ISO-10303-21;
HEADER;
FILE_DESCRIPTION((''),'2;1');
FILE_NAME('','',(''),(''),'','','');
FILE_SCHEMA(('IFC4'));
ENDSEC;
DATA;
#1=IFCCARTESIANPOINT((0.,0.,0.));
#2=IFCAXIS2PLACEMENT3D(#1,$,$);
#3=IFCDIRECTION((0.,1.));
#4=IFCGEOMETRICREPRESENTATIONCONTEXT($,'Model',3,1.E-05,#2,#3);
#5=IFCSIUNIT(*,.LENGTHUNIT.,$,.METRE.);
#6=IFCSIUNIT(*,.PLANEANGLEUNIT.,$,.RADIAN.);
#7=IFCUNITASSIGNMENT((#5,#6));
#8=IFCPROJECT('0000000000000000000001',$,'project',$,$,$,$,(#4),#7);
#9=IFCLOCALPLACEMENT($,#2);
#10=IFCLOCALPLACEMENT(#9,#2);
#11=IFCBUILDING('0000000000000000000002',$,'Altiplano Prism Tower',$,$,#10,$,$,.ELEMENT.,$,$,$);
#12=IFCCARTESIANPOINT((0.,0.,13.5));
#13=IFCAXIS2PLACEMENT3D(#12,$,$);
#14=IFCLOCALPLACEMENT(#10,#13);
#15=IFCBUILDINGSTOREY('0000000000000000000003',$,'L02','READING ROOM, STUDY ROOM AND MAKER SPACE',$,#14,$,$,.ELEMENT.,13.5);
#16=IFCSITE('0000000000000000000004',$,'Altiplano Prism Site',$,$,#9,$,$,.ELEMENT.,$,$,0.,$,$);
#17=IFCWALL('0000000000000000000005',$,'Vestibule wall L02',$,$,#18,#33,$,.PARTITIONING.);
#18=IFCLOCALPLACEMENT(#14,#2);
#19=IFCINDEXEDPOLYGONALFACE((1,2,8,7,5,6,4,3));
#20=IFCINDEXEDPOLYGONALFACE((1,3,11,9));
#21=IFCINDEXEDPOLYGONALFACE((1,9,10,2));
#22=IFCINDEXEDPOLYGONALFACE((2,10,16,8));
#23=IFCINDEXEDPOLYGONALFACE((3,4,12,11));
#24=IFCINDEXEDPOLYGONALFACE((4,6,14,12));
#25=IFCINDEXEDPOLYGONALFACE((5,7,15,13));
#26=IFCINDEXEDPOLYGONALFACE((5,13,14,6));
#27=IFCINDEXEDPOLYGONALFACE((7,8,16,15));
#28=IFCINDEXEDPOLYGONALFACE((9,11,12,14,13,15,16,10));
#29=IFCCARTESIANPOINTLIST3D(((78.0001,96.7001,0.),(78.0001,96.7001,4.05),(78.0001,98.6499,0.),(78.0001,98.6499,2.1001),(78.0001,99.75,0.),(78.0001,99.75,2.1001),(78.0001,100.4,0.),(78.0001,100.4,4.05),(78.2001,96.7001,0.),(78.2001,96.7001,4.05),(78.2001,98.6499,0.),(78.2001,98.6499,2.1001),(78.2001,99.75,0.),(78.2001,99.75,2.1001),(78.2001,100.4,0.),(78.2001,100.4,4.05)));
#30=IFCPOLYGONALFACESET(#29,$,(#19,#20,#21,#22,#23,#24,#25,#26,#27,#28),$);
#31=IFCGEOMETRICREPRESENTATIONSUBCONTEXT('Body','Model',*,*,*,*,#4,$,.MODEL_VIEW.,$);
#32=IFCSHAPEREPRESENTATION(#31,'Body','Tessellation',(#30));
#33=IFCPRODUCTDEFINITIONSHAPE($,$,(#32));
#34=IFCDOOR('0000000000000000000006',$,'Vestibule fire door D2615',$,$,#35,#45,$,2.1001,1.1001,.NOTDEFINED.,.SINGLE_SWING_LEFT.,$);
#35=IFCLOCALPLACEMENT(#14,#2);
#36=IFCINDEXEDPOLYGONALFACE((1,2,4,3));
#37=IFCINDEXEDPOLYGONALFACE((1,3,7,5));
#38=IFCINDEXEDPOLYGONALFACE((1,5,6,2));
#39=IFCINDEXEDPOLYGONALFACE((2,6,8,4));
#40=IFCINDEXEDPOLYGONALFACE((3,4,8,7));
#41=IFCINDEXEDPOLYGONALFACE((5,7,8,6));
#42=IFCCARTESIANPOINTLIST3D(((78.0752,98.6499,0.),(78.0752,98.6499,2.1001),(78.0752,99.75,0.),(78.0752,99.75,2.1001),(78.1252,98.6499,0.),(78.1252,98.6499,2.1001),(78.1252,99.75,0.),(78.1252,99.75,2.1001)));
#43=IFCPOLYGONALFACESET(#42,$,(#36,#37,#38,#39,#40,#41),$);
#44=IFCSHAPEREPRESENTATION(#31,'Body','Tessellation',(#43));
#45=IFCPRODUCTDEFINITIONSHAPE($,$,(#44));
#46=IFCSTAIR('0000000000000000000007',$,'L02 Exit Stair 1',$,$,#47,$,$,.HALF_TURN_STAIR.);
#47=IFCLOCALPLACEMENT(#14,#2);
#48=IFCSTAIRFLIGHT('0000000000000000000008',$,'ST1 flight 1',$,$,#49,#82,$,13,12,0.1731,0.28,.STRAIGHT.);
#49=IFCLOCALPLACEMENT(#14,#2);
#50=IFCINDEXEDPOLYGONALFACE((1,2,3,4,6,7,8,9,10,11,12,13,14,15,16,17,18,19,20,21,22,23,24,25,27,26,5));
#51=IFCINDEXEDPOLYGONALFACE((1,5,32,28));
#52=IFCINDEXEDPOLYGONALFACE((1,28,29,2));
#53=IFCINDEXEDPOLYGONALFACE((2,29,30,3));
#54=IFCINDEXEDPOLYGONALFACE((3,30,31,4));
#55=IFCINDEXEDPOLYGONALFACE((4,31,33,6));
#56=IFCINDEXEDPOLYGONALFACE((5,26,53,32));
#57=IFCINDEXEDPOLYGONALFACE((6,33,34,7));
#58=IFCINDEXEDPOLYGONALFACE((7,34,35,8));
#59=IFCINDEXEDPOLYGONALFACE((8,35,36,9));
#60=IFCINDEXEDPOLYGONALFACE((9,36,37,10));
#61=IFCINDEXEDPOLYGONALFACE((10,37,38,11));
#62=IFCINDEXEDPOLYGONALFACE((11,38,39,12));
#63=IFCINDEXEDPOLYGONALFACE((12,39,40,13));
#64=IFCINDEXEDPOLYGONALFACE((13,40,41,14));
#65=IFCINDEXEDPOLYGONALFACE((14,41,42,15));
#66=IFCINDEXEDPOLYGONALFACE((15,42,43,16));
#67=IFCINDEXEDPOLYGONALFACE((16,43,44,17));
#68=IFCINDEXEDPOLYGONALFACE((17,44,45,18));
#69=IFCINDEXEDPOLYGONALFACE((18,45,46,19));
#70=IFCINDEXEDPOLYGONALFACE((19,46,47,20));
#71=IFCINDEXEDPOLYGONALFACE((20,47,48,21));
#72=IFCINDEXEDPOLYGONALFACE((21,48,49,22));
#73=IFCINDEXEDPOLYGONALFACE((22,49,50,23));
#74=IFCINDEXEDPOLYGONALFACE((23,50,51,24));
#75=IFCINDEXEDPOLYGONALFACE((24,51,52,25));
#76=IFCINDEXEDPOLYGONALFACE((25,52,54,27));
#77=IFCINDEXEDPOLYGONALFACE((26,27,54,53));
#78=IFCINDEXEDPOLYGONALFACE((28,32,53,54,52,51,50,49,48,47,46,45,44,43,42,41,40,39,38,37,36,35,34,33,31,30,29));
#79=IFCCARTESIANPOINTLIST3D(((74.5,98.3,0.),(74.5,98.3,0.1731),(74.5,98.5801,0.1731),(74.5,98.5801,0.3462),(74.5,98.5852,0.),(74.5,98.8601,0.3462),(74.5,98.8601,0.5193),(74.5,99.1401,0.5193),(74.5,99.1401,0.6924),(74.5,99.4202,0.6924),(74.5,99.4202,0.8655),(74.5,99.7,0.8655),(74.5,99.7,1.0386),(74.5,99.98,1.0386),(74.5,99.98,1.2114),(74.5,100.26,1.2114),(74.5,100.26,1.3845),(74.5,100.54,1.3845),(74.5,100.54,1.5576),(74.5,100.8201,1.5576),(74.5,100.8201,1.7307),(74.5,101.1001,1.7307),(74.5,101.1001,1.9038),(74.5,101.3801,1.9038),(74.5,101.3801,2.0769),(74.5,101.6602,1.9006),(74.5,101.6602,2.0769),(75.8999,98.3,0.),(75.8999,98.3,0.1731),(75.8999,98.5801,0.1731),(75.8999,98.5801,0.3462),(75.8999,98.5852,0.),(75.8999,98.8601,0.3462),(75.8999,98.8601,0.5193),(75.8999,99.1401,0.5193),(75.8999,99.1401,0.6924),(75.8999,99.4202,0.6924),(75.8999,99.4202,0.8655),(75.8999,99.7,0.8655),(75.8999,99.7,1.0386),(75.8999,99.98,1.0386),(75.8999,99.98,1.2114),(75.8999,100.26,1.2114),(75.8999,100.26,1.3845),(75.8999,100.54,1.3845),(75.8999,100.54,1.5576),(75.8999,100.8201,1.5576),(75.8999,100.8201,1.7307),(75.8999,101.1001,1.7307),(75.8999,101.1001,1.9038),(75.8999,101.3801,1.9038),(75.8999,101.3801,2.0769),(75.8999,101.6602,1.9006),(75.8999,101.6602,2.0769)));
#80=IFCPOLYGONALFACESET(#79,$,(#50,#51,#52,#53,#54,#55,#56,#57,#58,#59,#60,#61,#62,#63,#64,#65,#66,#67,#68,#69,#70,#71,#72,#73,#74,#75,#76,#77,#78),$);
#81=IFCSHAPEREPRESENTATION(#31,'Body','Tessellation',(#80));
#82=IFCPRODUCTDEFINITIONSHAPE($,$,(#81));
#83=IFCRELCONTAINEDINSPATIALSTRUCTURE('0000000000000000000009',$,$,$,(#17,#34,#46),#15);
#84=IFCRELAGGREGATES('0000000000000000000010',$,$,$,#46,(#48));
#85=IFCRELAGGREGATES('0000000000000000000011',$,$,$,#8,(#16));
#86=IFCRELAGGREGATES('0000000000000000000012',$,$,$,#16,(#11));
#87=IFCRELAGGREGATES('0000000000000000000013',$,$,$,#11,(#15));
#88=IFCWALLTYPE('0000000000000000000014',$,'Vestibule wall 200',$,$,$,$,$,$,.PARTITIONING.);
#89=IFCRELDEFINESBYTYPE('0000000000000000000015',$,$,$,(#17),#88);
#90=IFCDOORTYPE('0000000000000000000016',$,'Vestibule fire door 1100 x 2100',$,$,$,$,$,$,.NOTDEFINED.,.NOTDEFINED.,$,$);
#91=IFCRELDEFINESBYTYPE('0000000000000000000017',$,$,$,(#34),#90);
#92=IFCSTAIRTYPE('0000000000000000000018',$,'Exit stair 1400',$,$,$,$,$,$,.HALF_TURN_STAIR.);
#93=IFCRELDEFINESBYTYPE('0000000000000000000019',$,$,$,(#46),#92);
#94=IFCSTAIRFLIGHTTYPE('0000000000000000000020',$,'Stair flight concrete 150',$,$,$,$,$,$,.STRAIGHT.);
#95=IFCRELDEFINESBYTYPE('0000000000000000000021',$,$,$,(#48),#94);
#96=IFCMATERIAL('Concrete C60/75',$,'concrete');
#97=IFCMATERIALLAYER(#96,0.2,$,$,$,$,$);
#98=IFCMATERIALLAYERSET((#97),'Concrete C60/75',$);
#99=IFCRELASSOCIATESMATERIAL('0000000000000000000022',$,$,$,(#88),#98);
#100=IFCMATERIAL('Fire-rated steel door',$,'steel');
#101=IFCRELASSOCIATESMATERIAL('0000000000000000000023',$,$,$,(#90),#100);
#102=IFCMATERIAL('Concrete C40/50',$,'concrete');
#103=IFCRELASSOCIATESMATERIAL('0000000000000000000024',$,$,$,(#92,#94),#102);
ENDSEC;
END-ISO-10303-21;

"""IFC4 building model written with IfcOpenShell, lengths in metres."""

from ifc_helpers import new_model, si_unit, direction, frame, frame_2d, origin, place, context, subcontext, project, spatial, polyline, rectangle, outline, extrude, material, layer, layer_set, type_object, element, fill, aggregate, save


model = new_model("IFC4")

# Units and contexts
model_context = context("Model", 3, precision=1e-05, world=origin(), true_north=direction((0.0, 1.0)))
body_context = subcontext(model_context, "Body", "Model", "MODEL_VIEW")
ifc_project = project(units=[si_unit("LENGTHUNIT", "METRE"), si_unit("PLANEANGLEUNIT", "RADIAN")], contexts=[model_context])

# Site, building, storey
site_placement = place(None, origin())
site = spatial("IfcSite", under=ifc_project, at=site_placement, Name="Altiplano Prism Site", CompositionType="ELEMENT", RefElevation=0.0)
building_placement = place(site_placement, origin())
building = spatial("IfcBuilding", under=site, at=building_placement, Name="Altiplano Prism Tower", CompositionType="ELEMENT")
storey_placement = place(building_placement, frame((0.0, 0.0, 13.5)))
storey = spatial("IfcBuildingStorey", under=building, at=storey_placement, Name="L02", Description="READING ROOM, STUDY ROOM AND MAKER SPACE", CompositionType="ELEMENT", Elevation=13.5)

# Shared definitions
ifc_material_1 = material(Name="Concrete C60/75", Category="concrete")

# Shared definitions
ifc_material_2 = material(Name="Fire-rated steel door", Category="steel")

# Shared definitions
ifc_layer_1 = layer(ifc_material_1, 0.2)
ifc_layer_set_1 = layer_set([ifc_layer_1], Name="Concrete C60/75")
wall_type_1 = type_object("IfcWallType", Name="Vestibule wall 200", PredefinedType="PARTITIONING", material=ifc_layer_set_1)

# Wall, opening, door
wall_1_placement = place(storey_placement, frame((78.1001, 96.7, 0.0), z_axis=(0.0, 0.0, 1.0), x_axis=(0.0, 1.0, 0.0)))
wall_1 = element("IfcWall", 1, at=wall_1_placement, inside=storey, type_object=wall_type_1, Name="Vestibule wall L02", PredefinedType="PARTITIONING", context=body_context, shape_type="SweptSolid", body=[
    extrude(rectangle(XDim=3.7, YDim=0.2, at=frame_2d((1.8501, 0.0))), origin(), (0.0, 0.0, 1.0), 4.05),
])
opening_1_placement = place(wall_1_placement, frame((1.95, 0.0, 0.0)))
opening_1 = element("IfcOpeningElement", 2, at=opening_1_placement, cuts=wall_1, PredefinedType="OPENING", context=body_context, shape_type="SweptSolid", body=[
    extrude(rectangle(XDim=1.1001, YDim=2.1001, at=frame_2d((0.55, 1.05))), frame((0.0, 0.1104, 0.0), z_axis=(0.0, -1.0, 0.0), x_axis=(1.0, 0.0, 0.0)), (0.0, 0.0, 1.0), 0.2209),
])
door_type_1 = type_object("IfcDoorType", Name="Vestibule fire door 1100 x 2100", OperationType="NOTDEFINED", PredefinedType="NOTDEFINED", material=ifc_material_2)
door_1_placement = place(opening_1_placement, origin())
door_1 = element("IfcDoor", 3, at=door_1_placement, inside=storey, type_object=door_type_1, Name="Vestibule fire door D2615", OperationType="SINGLE_SWING_LEFT", OverallHeight=2.1001, OverallWidth=1.1001, PredefinedType="NOTDEFINED", context=body_context, shape_type="SweptSolid", body=[
    extrude(rectangle(XDim=1.1001, YDim=2.1001, at=frame_2d((0.55, 1.05))), frame((0.0, 0.0249, 0.0), z_axis=(0.0, -1.0, 0.0), x_axis=(1.0, 0.0, 0.0)), (0.0, 0.0, 1.0), 0.05),
])
fill(opening_1, door_1)

# Stair, stair flight
ifc_material_3 = material(Name="Concrete C40/50", Category="concrete")
stair_type = type_object("IfcStairType", Name="Exit stair 1400", PredefinedType="HALF_TURN_STAIR", material=ifc_material_3)
stair_placement = place(storey_placement, origin())
stair = element("IfcStair", 4, at=stair_placement, inside=storey, type_object=stair_type, Name="L02 Exit Stair 1", PredefinedType="HALF_TURN_STAIR")
stair_flight_type = type_object("IfcStairFlightType", Name="Stair flight concrete 150", PredefinedType="STRAIGHT", material=ifc_material_3)
stair_flight_placement = place(storey_placement, frame((75.2, 98.3, 0.0), z_axis=(0.0, 0.0, 1.0), x_axis=(0.0, 1.0, 0.0)))
stair_flight = element("IfcStairFlight", 5, at=stair_flight_placement, type_object=stair_flight_type, Name="ST1 flight 1", NumberOfRisers=13, NumberOfTreads=12, PredefinedType="STRAIGHT", RiserHeight=0.1731, TreadLength=0.28, context=body_context, shape_type="SweptSolid", body=[
    extrude(outline(polyline([(0.0, 0.0), (0.0, 0.1731), (0.28, 0.1731), (0.28, 0.3462), (0.5601, 0.3462), (0.5601, 0.5193), (0.8401, 0.5193), (0.8401, 0.6924), (1.1201, 0.6924), (1.1201, 0.8655), (1.3999, 0.8655), (1.3999, 1.0386), (1.6799, 1.0386), (1.6799, 1.2114), (1.96, 1.2114), (1.96, 1.3845), (2.24, 1.3845), (2.24, 1.5576), (2.52, 1.5576), (2.52, 1.7307), (2.8, 1.7307), (2.8, 1.9038), (3.0801, 1.9038), (3.0801, 2.0769), (3.3601, 2.0769), (3.3601, 2.25), (3.3601, 1.9006), (0.2852, 0.0), (0.0, 0.0)])), frame((0.0, 0.7, 0.0), z_axis=(0.0, -1.0, 0.0), x_axis=(1.0, 0.0, 0.0)), (0.0, 0.0, 1.0), 1.3999),
])
aggregate(stair, [stair_flight])

save(model, "model.ifc")
